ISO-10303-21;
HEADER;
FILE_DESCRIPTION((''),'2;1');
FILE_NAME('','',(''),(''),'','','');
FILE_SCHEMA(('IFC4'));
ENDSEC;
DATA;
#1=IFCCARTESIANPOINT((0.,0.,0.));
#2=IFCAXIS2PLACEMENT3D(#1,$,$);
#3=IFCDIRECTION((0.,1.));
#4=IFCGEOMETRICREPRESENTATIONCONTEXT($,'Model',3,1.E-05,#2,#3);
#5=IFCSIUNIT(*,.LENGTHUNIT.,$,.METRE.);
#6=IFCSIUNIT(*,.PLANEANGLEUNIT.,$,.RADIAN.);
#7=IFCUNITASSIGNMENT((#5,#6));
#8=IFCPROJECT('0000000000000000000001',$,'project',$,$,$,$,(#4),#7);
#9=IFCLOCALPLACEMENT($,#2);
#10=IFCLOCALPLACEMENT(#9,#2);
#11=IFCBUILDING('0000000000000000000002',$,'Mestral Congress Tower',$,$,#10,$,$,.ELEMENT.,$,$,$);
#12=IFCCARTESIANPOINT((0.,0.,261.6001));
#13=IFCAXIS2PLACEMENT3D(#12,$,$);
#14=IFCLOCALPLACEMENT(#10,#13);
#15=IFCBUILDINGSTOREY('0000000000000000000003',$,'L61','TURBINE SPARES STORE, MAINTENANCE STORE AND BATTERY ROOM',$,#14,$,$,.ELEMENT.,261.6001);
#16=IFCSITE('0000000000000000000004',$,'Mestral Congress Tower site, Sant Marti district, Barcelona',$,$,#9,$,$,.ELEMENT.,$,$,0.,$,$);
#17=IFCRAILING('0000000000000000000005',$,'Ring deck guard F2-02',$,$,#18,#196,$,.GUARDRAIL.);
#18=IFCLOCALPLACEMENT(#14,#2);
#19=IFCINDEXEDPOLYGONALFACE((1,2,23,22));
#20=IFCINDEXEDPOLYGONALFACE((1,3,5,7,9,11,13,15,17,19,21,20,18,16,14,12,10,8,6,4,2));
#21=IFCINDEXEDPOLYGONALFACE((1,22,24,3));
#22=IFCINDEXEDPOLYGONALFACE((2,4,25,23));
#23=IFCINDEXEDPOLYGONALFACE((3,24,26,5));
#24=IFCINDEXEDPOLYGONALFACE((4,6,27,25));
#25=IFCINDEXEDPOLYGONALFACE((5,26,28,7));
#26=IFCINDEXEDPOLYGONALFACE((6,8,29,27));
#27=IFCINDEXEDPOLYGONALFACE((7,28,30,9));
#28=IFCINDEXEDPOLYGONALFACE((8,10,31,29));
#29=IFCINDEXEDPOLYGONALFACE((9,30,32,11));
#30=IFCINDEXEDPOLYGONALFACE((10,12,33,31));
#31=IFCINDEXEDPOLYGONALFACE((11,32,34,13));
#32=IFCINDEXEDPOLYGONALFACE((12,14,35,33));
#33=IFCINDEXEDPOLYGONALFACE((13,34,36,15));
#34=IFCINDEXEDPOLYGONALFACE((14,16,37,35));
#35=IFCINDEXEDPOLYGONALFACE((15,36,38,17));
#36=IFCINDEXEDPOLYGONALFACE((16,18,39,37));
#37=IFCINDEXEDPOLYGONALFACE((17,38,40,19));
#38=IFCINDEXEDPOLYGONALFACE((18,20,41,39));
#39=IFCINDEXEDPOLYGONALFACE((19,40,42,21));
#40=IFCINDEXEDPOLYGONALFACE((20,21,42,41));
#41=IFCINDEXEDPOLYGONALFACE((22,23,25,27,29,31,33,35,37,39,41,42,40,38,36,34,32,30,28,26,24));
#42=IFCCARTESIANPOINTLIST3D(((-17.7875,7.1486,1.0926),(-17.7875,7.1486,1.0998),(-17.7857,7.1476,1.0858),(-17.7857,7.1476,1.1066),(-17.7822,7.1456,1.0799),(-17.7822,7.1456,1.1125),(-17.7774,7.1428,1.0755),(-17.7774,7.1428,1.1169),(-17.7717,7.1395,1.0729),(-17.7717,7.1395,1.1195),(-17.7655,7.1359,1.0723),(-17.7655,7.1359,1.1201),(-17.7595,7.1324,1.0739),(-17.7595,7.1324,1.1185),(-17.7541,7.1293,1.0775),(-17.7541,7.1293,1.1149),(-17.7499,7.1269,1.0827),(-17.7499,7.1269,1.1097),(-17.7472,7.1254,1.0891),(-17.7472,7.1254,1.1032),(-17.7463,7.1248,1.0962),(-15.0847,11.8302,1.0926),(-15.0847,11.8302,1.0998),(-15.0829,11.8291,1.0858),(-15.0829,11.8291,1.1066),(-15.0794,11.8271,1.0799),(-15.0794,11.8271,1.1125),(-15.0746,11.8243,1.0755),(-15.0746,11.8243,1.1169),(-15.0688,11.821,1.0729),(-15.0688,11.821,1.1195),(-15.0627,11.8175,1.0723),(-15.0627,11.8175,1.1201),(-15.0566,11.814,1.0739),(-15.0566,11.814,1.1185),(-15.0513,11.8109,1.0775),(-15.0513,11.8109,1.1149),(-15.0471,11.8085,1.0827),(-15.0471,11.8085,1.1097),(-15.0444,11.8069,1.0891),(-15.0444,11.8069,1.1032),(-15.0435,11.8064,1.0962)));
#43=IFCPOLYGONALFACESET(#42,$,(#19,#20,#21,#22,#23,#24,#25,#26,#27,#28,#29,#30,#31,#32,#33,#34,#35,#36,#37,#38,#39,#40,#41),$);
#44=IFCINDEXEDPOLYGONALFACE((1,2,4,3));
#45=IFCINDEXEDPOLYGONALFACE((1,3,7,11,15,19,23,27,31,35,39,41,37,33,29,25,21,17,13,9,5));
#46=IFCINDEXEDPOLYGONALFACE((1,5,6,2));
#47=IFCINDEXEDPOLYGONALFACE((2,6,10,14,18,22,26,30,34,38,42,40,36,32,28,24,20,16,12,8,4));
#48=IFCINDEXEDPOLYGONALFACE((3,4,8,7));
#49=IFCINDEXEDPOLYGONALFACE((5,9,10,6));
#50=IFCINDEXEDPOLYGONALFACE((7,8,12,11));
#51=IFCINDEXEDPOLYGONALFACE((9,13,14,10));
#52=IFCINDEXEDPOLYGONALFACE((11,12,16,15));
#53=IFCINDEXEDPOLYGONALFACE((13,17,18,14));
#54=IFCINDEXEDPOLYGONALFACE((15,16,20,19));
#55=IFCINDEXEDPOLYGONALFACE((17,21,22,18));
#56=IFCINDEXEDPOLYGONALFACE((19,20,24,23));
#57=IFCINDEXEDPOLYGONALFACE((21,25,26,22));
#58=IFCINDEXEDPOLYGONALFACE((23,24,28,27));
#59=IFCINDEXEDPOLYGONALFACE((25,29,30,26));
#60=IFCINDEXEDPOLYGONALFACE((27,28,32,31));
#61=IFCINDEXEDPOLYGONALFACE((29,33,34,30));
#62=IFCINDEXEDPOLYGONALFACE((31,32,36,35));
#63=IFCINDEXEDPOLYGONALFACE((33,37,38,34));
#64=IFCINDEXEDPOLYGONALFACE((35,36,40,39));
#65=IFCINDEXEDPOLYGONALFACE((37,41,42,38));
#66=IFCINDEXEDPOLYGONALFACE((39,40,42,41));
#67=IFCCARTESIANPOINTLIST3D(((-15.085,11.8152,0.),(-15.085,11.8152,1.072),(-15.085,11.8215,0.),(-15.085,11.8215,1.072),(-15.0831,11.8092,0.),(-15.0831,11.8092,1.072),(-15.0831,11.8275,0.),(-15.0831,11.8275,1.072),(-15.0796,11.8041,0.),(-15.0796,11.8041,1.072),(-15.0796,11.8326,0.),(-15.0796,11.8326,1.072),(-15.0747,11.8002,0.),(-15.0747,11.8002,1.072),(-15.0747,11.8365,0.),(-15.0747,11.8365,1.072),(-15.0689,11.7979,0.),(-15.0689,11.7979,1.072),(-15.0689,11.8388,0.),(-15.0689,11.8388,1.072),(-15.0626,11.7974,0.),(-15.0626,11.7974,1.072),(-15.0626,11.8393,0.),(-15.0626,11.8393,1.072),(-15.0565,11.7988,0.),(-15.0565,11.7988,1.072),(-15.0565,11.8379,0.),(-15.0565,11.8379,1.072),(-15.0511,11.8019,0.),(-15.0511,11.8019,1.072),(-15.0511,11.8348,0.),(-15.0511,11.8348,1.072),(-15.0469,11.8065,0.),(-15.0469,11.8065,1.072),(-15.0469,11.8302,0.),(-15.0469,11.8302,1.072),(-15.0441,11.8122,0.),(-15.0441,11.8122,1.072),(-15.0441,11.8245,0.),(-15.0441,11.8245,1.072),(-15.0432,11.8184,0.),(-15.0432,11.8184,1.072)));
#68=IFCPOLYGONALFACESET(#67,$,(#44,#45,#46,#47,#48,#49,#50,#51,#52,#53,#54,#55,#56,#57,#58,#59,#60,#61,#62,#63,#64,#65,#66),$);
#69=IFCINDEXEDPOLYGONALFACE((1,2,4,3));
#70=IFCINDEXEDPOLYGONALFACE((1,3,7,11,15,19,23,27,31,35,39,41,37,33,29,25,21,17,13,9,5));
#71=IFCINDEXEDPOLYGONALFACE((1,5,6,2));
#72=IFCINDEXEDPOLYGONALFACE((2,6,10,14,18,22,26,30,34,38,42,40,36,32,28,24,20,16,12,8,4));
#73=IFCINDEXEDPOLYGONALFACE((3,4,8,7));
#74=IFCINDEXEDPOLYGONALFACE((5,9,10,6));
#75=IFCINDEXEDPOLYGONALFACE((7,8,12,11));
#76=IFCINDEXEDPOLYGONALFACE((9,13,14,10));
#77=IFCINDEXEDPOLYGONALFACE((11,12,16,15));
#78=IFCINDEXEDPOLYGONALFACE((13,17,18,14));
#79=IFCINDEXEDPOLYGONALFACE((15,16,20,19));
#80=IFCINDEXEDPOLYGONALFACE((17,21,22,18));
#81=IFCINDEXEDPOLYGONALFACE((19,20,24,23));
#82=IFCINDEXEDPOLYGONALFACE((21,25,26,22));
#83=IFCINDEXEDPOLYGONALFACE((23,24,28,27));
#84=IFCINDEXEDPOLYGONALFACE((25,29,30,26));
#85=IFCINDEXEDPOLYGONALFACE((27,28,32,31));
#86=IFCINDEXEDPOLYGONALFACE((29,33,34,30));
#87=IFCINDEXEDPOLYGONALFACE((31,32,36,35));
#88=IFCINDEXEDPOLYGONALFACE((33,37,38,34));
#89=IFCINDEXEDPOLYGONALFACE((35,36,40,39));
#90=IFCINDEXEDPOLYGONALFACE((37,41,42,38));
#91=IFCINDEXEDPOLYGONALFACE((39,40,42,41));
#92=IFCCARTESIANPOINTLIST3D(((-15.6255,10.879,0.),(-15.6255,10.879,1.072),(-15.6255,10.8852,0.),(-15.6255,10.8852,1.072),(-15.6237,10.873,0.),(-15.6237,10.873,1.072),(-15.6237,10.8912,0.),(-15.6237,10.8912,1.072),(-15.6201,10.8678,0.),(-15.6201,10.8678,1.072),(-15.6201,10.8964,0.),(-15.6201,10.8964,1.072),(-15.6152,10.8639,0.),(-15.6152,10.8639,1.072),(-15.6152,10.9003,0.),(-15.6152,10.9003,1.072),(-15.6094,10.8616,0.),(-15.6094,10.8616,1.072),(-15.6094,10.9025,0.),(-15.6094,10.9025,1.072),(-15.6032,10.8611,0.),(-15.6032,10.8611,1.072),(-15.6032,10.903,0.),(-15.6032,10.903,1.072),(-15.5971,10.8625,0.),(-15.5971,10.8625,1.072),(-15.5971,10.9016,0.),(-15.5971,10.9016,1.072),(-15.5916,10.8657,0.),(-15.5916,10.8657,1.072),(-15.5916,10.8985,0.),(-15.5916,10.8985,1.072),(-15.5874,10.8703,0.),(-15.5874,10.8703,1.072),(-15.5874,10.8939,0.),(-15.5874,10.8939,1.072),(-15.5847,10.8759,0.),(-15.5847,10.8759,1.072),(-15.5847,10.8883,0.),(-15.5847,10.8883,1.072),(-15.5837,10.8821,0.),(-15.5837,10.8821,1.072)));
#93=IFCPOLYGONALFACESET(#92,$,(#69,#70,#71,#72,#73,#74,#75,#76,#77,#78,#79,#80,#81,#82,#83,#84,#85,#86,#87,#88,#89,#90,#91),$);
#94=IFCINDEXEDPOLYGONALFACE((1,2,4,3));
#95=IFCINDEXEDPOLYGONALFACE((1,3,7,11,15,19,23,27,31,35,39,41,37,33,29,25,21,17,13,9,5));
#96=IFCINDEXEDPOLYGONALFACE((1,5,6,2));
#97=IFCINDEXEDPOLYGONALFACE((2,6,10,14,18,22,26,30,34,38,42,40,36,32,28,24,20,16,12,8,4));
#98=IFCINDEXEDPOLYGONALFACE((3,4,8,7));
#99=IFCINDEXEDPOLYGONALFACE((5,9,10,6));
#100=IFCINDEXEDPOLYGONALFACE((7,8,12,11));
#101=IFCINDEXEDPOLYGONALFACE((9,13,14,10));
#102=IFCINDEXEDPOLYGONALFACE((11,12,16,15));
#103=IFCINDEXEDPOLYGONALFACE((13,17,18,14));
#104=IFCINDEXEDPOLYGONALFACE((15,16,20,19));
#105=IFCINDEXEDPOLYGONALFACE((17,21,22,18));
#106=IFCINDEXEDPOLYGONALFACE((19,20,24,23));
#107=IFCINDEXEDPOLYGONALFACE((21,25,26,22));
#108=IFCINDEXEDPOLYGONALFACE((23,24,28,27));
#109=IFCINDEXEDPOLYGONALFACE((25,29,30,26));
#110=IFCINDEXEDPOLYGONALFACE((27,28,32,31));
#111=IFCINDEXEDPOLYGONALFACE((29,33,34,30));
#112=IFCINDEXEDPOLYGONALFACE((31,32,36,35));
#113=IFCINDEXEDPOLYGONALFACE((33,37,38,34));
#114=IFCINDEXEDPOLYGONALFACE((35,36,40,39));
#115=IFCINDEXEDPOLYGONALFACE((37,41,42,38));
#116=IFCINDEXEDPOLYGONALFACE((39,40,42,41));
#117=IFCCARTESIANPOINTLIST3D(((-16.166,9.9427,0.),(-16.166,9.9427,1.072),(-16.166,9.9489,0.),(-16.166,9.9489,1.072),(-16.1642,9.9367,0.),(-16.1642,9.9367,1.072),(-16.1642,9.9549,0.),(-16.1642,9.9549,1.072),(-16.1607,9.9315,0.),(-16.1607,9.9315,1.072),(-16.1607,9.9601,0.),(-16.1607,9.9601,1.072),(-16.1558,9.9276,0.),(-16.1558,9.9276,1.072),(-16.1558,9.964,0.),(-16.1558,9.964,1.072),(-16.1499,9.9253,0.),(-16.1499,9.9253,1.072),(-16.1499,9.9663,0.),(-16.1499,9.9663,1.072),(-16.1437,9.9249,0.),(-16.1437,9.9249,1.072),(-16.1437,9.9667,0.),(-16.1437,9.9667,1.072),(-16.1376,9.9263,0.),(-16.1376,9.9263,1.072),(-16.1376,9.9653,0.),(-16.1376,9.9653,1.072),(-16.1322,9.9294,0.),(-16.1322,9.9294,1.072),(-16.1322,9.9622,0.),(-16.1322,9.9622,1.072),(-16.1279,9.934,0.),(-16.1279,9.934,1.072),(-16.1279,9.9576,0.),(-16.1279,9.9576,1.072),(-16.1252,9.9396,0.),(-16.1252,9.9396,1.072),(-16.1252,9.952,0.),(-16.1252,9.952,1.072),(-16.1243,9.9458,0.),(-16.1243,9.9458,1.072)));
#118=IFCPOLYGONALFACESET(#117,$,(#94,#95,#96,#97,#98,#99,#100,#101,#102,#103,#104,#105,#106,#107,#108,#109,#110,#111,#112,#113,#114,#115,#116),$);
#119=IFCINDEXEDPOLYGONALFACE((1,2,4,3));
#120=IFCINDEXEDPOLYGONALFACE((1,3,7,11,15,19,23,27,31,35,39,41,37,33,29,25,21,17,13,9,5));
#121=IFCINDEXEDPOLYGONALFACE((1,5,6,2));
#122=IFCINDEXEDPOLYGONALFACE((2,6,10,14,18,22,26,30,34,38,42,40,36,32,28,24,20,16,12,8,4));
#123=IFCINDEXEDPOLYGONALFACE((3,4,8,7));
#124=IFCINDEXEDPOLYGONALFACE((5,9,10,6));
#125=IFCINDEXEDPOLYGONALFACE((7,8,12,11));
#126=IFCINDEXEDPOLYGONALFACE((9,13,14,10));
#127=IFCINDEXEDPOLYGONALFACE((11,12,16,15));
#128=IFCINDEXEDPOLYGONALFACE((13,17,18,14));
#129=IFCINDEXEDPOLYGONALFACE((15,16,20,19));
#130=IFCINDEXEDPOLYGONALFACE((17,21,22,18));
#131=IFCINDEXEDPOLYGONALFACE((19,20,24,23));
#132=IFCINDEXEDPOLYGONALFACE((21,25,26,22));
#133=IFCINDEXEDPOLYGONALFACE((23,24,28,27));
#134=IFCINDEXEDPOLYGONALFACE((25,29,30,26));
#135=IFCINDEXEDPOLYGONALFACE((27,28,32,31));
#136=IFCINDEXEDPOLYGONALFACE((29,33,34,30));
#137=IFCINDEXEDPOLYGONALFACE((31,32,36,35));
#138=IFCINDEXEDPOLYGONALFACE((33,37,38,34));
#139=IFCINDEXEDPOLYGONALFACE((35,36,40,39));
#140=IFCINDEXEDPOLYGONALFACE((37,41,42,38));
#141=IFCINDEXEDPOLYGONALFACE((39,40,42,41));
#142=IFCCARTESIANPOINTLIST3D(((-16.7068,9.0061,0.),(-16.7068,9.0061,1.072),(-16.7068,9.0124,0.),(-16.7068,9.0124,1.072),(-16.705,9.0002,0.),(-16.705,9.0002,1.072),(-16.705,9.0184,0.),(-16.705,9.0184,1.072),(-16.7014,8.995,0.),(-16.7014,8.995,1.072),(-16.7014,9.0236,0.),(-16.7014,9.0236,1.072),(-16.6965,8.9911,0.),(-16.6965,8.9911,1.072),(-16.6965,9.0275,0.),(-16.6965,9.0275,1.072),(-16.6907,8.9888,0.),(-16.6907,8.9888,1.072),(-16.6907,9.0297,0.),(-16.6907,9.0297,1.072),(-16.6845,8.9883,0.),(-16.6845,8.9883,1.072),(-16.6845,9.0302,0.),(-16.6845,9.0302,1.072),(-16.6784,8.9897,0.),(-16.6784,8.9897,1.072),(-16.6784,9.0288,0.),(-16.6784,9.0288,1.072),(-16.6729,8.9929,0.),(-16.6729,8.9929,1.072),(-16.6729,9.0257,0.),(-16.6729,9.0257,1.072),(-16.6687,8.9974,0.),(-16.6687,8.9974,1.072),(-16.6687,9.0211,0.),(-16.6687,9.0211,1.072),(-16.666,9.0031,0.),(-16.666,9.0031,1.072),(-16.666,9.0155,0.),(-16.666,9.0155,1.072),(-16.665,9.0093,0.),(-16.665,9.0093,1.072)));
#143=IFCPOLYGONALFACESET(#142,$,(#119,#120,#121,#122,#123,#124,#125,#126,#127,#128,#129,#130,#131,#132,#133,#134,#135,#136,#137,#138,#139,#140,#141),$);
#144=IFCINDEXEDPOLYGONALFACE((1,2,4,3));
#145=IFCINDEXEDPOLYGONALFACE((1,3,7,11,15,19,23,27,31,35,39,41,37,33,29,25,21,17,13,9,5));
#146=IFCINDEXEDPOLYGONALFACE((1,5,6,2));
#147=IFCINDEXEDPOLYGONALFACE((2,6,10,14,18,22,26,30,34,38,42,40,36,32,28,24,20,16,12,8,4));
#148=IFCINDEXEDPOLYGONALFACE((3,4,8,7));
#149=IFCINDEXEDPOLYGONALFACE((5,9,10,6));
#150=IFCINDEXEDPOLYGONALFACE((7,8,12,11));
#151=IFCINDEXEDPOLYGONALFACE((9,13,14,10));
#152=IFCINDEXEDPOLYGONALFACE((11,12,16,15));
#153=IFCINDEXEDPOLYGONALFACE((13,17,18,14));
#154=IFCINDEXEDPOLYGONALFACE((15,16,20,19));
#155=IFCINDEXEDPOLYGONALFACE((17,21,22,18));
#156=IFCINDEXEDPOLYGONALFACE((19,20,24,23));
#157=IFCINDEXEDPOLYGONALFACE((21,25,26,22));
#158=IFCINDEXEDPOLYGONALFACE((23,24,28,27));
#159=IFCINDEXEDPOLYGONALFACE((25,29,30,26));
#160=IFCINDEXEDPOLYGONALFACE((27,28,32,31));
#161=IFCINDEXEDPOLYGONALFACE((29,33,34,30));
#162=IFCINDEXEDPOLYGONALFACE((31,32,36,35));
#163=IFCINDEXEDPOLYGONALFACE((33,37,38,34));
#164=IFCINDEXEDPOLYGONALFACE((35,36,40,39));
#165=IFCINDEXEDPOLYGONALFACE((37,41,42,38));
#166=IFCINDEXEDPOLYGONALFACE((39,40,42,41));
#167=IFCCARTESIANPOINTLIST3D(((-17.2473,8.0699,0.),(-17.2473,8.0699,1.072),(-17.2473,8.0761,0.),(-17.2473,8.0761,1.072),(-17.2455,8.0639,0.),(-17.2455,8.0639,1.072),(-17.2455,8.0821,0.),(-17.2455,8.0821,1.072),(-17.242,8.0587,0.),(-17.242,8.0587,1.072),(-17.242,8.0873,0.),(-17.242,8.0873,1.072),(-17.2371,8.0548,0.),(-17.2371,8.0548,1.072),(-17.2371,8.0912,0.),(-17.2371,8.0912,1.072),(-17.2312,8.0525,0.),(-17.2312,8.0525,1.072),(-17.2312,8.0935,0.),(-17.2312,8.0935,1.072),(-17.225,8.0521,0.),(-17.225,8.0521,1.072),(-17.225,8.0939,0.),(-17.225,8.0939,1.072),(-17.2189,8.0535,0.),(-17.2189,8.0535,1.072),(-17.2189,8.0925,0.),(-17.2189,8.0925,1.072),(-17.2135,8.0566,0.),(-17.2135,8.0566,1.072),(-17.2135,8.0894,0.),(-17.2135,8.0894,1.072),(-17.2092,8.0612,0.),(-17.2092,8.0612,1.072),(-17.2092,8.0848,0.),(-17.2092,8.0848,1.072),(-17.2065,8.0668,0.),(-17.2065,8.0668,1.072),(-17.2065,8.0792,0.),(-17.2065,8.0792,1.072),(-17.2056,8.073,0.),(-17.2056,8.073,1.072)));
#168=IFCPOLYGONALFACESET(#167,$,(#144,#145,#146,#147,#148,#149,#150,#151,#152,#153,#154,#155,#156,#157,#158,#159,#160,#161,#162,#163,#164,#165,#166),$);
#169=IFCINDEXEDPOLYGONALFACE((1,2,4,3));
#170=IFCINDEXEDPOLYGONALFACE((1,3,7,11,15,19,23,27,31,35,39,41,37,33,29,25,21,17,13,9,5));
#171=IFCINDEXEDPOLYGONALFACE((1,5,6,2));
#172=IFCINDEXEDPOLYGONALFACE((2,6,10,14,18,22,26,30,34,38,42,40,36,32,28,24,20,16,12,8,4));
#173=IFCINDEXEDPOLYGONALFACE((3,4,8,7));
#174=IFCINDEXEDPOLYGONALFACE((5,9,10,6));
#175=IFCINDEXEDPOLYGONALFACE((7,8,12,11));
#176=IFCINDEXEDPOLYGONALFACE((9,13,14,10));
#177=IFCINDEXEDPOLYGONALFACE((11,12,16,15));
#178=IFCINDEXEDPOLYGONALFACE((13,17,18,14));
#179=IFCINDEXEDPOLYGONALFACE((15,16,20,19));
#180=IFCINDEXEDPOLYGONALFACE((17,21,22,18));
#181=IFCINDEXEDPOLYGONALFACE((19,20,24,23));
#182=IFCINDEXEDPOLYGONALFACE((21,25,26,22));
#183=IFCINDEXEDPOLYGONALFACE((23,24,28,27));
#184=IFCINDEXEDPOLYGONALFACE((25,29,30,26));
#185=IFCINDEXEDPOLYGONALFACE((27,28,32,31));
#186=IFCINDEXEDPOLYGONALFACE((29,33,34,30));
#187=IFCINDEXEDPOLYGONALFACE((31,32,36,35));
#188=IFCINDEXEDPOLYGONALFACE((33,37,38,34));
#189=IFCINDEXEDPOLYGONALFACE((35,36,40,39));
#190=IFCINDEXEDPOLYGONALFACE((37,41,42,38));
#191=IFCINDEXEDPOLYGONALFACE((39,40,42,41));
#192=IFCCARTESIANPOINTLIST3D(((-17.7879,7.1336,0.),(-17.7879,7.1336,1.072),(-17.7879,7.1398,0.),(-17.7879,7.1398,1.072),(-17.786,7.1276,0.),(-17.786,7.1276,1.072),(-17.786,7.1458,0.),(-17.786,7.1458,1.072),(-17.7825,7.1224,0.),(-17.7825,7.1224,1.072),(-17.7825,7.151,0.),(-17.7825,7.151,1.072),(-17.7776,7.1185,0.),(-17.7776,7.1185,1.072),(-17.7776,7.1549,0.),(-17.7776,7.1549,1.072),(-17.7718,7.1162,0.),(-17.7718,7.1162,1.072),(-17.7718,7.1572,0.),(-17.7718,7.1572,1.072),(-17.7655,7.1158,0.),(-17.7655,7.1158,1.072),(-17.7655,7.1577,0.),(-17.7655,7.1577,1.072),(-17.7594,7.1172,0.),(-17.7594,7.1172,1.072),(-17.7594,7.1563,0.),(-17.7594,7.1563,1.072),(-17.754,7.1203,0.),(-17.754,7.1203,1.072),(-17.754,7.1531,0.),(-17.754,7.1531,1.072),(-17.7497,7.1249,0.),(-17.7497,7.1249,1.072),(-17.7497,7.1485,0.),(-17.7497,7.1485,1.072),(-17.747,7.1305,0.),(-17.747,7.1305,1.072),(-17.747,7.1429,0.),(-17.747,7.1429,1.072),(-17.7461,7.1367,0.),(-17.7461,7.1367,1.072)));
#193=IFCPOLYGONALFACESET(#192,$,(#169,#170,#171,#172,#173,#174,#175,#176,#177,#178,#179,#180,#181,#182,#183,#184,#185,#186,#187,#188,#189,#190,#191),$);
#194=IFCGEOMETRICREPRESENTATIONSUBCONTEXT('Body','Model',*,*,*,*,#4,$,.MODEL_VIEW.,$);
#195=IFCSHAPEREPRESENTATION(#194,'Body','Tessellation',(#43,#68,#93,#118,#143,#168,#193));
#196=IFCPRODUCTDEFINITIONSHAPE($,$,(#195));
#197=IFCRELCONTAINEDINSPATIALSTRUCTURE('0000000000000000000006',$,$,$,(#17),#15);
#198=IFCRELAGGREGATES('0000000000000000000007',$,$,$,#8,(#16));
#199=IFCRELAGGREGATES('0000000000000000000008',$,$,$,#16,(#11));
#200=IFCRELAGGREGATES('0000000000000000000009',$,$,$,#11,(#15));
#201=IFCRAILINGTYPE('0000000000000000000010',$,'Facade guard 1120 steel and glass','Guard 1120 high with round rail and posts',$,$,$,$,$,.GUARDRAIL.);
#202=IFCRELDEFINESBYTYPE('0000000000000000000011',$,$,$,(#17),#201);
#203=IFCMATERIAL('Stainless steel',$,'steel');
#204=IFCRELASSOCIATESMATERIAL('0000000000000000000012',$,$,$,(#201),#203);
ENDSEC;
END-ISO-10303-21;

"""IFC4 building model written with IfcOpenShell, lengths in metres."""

from ifc_helpers import new_model, si_unit, direction, frame, origin, origin_2d, place, context, subcontext, project, spatial, circle, extrude, material, type_object, element, save


model = new_model("IFC4")

# Units and contexts
model_context = context("Model", 3, precision=1e-05, world=origin(), true_north=direction((0.0, 1.0)))
body_context = subcontext(model_context, "Body", "Model", "MODEL_VIEW")
ifc_project = project(units=[si_unit("LENGTHUNIT", "METRE"), si_unit("PLANEANGLEUNIT", "RADIAN")], contexts=[model_context])

# Site, building, storey
site_placement = place(None, origin())
site = spatial("IfcSite", under=ifc_project, at=site_placement, Name="Mestral Congress Tower site, Sant Marti district, Barcelona", CompositionType="ELEMENT", RefElevation=0.0)
building_placement = place(site_placement, origin())
building = spatial("IfcBuilding", under=site, at=building_placement, Name="Mestral Congress Tower", CompositionType="ELEMENT")
storey_placement = place(building_placement, frame((0.0, 0.0, 261.6001)))
storey = spatial("IfcBuildingStorey", under=building, at=storey_placement, Name="L61", Description="TURBINE SPARES STORE, MAINTENANCE STORE AND BATTERY ROOM", CompositionType="ELEMENT", Elevation=261.6001)

# Railing
ifc_material_1 = material(Name="Stainless steel", Category="steel")
railing_type_1 = type_object("IfcRailingType", Name="Facade guard 1120 steel and glass", Description="Guard 1120 high with round rail and posts", PredefinedType="GUARDRAIL", material=ifc_material_1)
railing_1_placement = place(storey_placement, frame((-15.0642, 11.8184, 0.0)))
element("IfcRailing", 1, at=railing_1_placement, inside=storey, type_object=railing_type_1, Name="Ring deck guard F2-02", PredefinedType="GUARDRAIL", context=body_context, shape_type="SweptSolid", body=[
    extrude(circle(Radius=0.0239, at=origin_2d()), frame((0.0, 0.0, 1.0962), z_axis=(-0.499991, -0.866031, 0.0), x_axis=(0.866031, -0.499991, 0.0)), (0.0, 0.0, 1.0), 5.4058),
    extrude(circle(Radius=0.021, at=origin_2d()), origin(), (0.0, 0.0, 1.0), 1.072),
    extrude(circle(Radius=0.021, at=origin_2d()), frame((-0.5405, -0.9363, 0.0)), (0.0, 0.0, 1.0), 1.072),
    extrude(circle(Radius=0.021, at=origin_2d()), frame((-1.0811, -1.8726, 0.0)), (0.0, 0.0, 1.0), 1.072),
    extrude(circle(Radius=0.021, at=origin_2d()), frame((-1.6218, -2.8091, 0.0)), (0.0, 0.0, 1.0), 1.072),
    extrude(circle(Radius=0.021, at=origin_2d()), frame((-2.1624, -3.7454, 0.0)), (0.0, 0.0, 1.0), 1.072),
    extrude(circle(Radius=0.021, at=origin_2d()), frame((-2.7029, -4.6816, 0.0)), (0.0, 0.0, 1.0), 1.072),
])

save(model, "model.ifc")
